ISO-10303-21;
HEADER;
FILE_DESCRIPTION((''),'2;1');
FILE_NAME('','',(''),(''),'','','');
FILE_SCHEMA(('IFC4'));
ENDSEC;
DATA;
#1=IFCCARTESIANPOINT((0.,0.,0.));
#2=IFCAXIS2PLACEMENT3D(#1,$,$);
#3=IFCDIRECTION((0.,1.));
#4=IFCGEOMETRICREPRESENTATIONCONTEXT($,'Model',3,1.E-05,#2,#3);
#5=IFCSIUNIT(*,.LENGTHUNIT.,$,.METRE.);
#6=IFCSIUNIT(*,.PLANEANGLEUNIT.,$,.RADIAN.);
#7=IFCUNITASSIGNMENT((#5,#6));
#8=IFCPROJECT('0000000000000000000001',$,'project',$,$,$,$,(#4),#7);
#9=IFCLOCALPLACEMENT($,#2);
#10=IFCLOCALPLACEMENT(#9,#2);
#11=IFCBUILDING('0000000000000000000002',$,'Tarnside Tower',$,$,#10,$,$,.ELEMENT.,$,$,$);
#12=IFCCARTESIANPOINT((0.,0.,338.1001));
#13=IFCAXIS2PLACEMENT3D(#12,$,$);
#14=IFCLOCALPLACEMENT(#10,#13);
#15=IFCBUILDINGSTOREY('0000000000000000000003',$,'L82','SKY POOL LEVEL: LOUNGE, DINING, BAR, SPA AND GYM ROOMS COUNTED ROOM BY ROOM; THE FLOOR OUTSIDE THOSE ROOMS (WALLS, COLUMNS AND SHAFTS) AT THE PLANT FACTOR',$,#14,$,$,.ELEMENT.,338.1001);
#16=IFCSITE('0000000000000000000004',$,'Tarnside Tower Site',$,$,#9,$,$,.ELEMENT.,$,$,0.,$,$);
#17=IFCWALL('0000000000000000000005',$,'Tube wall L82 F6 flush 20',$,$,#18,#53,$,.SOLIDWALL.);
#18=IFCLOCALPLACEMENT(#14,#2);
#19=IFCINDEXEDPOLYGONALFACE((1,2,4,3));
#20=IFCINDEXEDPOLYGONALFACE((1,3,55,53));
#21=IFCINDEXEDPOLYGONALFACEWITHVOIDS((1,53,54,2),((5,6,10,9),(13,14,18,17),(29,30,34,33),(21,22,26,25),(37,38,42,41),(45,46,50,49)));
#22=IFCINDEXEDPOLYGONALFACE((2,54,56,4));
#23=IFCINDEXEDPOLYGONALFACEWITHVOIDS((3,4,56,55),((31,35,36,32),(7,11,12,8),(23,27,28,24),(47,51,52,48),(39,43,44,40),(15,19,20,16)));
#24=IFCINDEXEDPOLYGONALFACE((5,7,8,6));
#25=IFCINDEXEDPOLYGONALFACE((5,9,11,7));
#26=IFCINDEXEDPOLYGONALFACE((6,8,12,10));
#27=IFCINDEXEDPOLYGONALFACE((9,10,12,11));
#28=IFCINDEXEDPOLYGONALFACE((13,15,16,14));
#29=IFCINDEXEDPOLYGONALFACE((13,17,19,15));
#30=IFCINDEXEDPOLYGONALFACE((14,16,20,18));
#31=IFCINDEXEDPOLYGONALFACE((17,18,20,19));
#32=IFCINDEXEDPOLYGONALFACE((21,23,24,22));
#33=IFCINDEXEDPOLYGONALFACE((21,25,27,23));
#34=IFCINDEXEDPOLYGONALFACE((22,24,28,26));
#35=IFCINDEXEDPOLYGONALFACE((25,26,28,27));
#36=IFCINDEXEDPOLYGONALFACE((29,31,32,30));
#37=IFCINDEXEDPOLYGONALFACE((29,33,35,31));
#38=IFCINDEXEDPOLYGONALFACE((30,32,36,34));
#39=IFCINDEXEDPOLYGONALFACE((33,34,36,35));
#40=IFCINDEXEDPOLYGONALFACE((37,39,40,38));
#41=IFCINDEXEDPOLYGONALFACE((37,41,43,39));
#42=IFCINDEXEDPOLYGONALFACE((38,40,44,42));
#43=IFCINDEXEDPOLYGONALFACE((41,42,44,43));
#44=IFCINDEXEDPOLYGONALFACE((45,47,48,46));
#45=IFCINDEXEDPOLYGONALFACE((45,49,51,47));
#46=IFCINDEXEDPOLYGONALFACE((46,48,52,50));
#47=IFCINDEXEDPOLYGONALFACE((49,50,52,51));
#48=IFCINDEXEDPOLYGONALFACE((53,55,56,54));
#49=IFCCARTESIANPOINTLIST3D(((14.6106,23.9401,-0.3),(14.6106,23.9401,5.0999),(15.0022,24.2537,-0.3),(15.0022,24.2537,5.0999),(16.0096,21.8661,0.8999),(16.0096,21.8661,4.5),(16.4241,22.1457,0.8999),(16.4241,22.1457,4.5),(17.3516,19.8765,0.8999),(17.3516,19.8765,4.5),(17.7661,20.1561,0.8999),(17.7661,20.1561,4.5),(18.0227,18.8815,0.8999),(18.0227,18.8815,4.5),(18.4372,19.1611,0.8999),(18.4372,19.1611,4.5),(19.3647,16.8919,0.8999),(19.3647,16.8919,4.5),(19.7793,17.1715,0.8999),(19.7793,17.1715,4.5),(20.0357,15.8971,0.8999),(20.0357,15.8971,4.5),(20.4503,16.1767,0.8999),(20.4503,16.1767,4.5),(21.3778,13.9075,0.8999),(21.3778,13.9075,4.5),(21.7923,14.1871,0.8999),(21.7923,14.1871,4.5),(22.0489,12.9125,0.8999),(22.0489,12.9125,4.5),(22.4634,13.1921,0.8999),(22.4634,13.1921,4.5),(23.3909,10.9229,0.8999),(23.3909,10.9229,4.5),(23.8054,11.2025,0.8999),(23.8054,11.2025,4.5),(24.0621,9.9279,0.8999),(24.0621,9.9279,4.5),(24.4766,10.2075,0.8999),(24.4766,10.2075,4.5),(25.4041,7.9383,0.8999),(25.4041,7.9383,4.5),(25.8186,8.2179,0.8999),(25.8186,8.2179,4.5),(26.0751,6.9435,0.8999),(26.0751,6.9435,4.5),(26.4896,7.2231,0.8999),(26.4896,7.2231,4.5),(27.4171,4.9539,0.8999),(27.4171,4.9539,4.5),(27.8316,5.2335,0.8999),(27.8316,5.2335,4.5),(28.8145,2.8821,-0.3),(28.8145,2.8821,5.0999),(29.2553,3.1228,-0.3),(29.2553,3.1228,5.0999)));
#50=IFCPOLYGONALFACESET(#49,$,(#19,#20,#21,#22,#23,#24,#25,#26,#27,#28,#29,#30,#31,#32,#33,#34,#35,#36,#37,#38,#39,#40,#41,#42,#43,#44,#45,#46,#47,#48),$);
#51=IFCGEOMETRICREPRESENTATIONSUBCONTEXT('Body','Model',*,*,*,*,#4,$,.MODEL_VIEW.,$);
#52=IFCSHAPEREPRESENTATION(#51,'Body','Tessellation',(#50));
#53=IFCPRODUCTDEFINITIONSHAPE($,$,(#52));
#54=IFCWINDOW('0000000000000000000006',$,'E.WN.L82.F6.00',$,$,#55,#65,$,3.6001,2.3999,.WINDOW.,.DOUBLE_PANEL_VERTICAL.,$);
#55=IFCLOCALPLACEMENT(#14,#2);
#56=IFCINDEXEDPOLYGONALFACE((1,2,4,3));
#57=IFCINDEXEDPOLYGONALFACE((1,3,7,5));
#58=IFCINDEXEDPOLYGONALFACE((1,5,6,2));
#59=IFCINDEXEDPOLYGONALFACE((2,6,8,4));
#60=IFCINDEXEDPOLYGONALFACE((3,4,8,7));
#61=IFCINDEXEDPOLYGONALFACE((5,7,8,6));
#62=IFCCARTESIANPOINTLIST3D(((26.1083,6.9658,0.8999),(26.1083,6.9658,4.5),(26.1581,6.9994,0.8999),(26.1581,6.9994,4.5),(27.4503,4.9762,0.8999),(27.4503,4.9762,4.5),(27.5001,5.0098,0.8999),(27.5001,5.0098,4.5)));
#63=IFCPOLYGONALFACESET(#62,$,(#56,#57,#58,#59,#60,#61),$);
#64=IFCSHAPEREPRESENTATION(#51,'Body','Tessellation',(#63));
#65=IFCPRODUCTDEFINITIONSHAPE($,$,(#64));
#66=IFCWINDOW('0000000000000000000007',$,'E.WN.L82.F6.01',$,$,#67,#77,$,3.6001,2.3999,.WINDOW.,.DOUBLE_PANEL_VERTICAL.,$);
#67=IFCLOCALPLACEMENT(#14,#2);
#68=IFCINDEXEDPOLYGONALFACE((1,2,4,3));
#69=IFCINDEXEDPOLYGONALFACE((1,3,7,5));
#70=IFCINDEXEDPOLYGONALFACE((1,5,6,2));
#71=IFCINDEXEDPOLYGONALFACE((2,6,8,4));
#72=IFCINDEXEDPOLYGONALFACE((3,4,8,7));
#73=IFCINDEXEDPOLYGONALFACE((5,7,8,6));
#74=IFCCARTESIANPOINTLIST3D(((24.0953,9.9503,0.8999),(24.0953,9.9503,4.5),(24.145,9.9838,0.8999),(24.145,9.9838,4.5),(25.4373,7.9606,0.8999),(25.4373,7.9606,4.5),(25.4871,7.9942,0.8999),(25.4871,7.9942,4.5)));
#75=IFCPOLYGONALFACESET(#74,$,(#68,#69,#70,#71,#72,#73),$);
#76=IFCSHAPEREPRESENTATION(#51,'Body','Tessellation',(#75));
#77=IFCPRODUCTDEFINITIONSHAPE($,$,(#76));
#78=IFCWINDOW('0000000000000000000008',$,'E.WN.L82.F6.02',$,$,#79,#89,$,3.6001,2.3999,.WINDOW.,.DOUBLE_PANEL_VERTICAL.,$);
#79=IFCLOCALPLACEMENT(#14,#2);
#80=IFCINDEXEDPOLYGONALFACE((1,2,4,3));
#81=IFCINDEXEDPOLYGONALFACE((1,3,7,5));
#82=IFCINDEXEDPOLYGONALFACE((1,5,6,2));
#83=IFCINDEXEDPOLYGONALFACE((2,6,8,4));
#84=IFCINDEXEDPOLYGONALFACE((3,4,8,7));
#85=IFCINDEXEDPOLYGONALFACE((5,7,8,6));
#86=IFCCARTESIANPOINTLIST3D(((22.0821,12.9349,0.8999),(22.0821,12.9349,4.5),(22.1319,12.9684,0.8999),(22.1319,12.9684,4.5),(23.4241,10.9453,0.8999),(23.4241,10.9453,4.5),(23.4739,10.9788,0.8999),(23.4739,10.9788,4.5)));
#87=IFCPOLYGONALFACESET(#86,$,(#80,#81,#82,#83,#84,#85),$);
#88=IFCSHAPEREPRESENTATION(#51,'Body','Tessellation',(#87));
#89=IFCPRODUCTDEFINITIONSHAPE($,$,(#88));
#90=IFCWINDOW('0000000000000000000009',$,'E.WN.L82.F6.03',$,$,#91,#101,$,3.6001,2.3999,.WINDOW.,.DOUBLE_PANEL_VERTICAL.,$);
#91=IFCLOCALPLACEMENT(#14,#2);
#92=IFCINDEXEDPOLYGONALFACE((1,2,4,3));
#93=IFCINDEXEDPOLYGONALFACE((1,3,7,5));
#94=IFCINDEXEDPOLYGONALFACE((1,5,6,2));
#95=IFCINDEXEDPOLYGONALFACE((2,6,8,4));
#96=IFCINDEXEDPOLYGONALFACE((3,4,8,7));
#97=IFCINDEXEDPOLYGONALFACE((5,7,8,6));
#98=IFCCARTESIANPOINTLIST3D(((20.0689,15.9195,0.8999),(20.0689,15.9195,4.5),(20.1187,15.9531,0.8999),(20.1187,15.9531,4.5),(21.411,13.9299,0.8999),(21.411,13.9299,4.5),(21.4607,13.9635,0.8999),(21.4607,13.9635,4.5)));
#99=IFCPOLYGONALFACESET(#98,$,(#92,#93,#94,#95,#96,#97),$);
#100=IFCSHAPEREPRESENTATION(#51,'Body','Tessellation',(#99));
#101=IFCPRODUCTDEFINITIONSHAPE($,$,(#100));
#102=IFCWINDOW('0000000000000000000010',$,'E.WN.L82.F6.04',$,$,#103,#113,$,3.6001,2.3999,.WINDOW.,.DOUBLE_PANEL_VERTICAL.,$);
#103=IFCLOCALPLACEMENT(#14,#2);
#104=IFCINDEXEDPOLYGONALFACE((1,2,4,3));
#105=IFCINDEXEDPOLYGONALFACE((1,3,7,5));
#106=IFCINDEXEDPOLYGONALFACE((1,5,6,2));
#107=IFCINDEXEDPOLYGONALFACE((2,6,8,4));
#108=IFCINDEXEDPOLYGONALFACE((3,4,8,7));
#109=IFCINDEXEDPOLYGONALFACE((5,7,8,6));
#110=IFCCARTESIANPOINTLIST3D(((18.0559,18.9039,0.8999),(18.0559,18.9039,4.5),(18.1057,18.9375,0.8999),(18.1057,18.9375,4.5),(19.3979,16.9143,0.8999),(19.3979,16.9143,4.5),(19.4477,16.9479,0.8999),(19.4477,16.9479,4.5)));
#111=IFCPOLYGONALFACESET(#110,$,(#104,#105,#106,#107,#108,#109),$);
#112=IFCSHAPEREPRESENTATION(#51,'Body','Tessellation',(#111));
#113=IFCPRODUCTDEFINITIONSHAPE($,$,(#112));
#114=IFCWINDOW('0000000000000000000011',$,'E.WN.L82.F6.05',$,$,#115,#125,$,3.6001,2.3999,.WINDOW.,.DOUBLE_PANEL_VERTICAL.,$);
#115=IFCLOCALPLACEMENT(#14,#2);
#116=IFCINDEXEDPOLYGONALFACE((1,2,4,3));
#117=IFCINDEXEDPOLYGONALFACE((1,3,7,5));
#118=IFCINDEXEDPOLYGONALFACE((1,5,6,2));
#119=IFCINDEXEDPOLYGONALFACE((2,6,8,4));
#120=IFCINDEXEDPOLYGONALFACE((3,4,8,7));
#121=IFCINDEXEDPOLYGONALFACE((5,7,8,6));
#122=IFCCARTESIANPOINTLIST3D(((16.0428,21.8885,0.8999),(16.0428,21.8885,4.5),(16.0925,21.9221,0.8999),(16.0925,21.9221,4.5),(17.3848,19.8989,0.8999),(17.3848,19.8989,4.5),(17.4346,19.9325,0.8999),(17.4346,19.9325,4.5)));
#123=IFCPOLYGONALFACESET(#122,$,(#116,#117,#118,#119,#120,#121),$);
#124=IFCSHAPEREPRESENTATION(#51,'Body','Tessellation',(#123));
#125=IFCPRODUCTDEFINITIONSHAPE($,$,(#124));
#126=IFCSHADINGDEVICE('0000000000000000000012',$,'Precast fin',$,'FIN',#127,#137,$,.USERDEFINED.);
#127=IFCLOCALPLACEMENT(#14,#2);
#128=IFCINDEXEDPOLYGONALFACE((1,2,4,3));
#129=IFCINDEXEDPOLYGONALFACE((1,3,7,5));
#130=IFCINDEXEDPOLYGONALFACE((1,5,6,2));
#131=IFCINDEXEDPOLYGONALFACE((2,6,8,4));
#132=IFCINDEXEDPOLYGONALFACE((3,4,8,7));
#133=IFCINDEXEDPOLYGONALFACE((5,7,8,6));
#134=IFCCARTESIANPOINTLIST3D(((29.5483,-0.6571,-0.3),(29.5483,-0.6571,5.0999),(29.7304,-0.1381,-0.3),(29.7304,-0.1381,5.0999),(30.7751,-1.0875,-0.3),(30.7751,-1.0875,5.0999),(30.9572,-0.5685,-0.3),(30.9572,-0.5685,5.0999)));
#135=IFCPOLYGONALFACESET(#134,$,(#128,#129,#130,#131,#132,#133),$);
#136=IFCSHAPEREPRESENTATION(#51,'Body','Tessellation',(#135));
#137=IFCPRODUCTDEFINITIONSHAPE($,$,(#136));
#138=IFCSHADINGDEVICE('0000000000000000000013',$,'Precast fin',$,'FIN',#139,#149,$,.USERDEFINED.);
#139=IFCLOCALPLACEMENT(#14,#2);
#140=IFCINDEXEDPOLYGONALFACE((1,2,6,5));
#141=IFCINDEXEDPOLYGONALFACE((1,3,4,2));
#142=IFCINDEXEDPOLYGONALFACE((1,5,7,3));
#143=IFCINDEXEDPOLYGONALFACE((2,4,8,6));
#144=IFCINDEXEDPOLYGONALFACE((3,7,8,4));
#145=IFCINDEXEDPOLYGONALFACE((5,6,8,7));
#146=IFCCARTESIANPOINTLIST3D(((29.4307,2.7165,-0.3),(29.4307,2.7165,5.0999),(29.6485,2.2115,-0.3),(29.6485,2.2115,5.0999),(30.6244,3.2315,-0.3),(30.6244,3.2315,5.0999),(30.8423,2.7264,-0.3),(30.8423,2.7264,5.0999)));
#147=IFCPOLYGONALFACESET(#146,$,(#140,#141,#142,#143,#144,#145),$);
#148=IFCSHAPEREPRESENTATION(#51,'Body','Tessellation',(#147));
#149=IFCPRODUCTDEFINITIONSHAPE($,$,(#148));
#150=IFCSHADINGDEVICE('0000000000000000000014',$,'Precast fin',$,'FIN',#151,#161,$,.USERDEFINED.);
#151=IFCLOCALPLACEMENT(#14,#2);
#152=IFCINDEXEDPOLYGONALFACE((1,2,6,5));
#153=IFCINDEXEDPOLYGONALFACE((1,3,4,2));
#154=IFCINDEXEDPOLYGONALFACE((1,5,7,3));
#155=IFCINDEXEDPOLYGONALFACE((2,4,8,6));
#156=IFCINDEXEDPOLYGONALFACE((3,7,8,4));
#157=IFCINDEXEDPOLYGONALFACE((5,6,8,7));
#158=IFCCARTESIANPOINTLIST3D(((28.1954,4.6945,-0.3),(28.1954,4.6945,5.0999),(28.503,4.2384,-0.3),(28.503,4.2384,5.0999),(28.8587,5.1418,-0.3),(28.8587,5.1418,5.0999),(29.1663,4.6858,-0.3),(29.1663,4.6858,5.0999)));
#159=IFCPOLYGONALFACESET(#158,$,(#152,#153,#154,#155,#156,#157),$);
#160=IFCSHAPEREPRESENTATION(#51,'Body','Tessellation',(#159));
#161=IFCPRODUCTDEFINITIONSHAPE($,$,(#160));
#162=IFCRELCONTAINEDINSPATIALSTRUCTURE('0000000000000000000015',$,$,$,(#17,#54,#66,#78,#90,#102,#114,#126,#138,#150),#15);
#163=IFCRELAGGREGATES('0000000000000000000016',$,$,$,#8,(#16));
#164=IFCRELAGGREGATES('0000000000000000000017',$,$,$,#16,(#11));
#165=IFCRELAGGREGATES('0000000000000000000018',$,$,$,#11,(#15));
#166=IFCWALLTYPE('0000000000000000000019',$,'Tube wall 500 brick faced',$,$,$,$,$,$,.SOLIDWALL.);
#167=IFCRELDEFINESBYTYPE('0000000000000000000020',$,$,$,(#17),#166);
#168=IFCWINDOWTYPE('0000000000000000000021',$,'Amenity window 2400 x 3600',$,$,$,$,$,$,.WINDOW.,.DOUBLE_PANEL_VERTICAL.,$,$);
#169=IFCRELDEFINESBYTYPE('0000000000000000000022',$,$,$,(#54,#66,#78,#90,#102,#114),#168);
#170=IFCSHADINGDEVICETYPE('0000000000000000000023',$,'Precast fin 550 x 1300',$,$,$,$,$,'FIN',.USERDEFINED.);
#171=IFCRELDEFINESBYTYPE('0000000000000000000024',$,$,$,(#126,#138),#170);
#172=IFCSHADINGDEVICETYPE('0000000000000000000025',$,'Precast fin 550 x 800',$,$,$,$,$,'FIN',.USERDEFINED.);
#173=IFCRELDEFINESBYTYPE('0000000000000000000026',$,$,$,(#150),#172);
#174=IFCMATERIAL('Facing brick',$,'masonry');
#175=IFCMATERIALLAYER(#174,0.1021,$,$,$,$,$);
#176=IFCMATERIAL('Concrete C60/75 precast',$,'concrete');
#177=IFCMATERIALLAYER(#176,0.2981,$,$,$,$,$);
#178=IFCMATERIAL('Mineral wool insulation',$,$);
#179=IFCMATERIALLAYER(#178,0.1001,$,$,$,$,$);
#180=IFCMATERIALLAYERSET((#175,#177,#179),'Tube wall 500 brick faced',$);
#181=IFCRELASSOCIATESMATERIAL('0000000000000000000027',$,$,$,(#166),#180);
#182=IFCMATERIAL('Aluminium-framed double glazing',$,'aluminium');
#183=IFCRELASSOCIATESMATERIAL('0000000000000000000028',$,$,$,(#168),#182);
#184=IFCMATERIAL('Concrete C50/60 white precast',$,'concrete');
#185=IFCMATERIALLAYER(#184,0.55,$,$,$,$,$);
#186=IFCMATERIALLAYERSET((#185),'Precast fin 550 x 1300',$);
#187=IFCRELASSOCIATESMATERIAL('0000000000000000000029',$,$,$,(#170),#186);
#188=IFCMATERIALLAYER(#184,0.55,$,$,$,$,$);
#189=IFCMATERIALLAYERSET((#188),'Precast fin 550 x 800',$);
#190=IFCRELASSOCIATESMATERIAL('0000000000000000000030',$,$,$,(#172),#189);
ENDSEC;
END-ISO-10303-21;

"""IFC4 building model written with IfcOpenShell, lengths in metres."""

from ifc_helpers import new_model, si_unit, direction, frame, frame_2d, origin, place, context, subcontext, project, spatial, polyline, rectangle, outline, extrude, material, layer, layer_set, type_object, element, fill, save


model = new_model("IFC4")

# Units and contexts
model_context = context("Model", 3, precision=1e-05, world=origin(), true_north=direction((0.0, 1.0)))
body_context = subcontext(model_context, "Body", "Model", "MODEL_VIEW")
ifc_project = project(units=[si_unit("LENGTHUNIT", "METRE"), si_unit("PLANEANGLEUNIT", "RADIAN")], contexts=[model_context])

# Site, building, storey
site_placement = place(None, origin())
site = spatial("IfcSite", under=ifc_project, at=site_placement, Name="Tarnside Tower Site", CompositionType="ELEMENT", RefElevation=0.0)
building_placement = place(site_placement, origin())
building = spatial("IfcBuilding", under=site, at=building_placement, Name="Tarnside Tower", CompositionType="ELEMENT")
storey_placement = place(building_placement, frame((0.0, 0.0, 338.1001)))
storey = spatial("IfcBuildingStorey", under=building, at=storey_placement, Name="L82", Description="SKY POOL LEVEL: LOUNGE, DINING, BAR, SPA AND GYM ROOMS COUNTED ROOM BY ROOM; THE FLOOR OUTSIDE THOSE ROOMS (WALLS, COLUMNS AND SHAFTS) AT THE PLANT FACTOR", CompositionType="ELEMENT", Elevation=338.1001)

# Shared definitions
ifc_material_1 = material(Name="Facing brick", Category="masonry")
ifc_layer_1 = layer(ifc_material_1, 0.1021)
ifc_material_2 = material(Name="Concrete C60/75 precast", Category="concrete")
ifc_layer_2 = layer(ifc_material_2, 0.2981)
ifc_material_3 = material(Name="Mineral wool insulation")
ifc_layer_3 = layer(ifc_material_3, 0.1001)
ifc_layer_set_1 = layer_set([ifc_layer_1, ifc_layer_2, ifc_layer_3], Name="Tube wall 500 brick faced")
wall_type_1 = type_object("IfcWallType", Name="Tube wall 500 brick faced", PredefinedType="SOLIDWALL", material=ifc_layer_set_1)

# Wall, openings, windows
wall_1_placement = place(storey_placement, frame((29.0349, 3.0024, -0.3), z_axis=(0.0, 0.0, 1.0), x_axis=(-0.559196, 0.829036, 0.0)))
wall_1 = element("IfcWall", 1, at=wall_1_placement, inside=storey, type_object=wall_type_1, Name="Tube wall L82 F6 flush 20", PredefinedType="SOLIDWALL", context=body_context, shape_type="SweptSolid", body=[
    extrude(outline(polyline([(-0.0234, -0.25), (25.4651, -0.25), (25.4241, 0.25), (0.0234, 0.25), (-0.0234, -0.25)])), origin(), (0.0, 0.0, 1.0), 5.3999),
])
opening_1_placement = place(wall_1_placement, frame((2.5225, 0.0, 1.2)))
opening_1 = element("IfcOpeningElement", 2, at=opening_1_placement, cuts=wall_1, PredefinedType="OPENING", context=body_context, shape_type="SweptSolid", body=[
    extrude(rectangle(XDim=2.3999, YDim=3.6001, at=frame_2d((1.2, 1.8))), frame((0.0, 0.26, 0.0), z_axis=(0.0, -1.0, 0.0), x_axis=(1.0, 0.0, 0.0)), (0.0, 0.0, 1.0), 0.52),
])
opening_2_placement = place(wall_1_placement, frame((6.1223, 0.0, 1.2)))
opening_2 = element("IfcOpeningElement", 3, at=opening_2_placement, cuts=wall_1, PredefinedType="OPENING", context=body_context, shape_type="SweptSolid", body=[
    extrude(rectangle(XDim=2.3999, YDim=3.6001, at=frame_2d((1.2, 1.8))), frame((0.0, 0.26, 0.0), z_axis=(0.0, -1.0, 0.0), x_axis=(1.0, 0.0, 0.0)), (0.0, 0.0, 1.0), 0.52),
])
opening_3_placement = place(wall_1_placement, frame((9.7224, 0.0, 1.2)))
opening_3 = element("IfcOpeningElement", 4, at=opening_3_placement, cuts=wall_1, PredefinedType="OPENING", context=body_context, shape_type="SweptSolid", body=[
    extrude(rectangle(XDim=2.3999, YDim=3.6001, at=frame_2d((1.2, 1.8))), frame((0.0, 0.26, 0.0), z_axis=(0.0, -1.0, 0.0), x_axis=(1.0, 0.0, 0.0)), (0.0, 0.0, 1.0), 0.52),
])
opening_4_placement = place(wall_1_placement, frame((13.3225, 0.0, 1.2)))
opening_4 = element("IfcOpeningElement", 5, at=opening_4_placement, cuts=wall_1, PredefinedType="OPENING", context=body_context, shape_type="SweptSolid", body=[
    extrude(rectangle(XDim=2.3999, YDim=3.6001, at=frame_2d((1.2, 1.8))), frame((0.0, 0.26, 0.0), z_axis=(0.0, -1.0, 0.0), x_axis=(1.0, 0.0, 0.0)), (0.0, 0.0, 1.0), 0.52),
])
opening_5_placement = place(wall_1_placement, frame((16.9224, 0.0, 1.2)))
opening_5 = element("IfcOpeningElement", 6, at=opening_5_placement, cuts=wall_1, PredefinedType="OPENING", context=body_context, shape_type="SweptSolid", body=[
    extrude(rectangle(XDim=2.3999, YDim=3.6001, at=frame_2d((1.2, 1.8))), frame((0.0, 0.26, 0.0), z_axis=(0.0, -1.0, 0.0), x_axis=(1.0, 0.0, 0.0)), (0.0, 0.0, 1.0), 0.52),
])
opening_6_placement = place(wall_1_placement, frame((20.5225, 0.0, 1.2)))
opening_6 = element("IfcOpeningElement", 7, at=opening_6_placement, cuts=wall_1, PredefinedType="OPENING", context=body_context, shape_type="SweptSolid", body=[
    extrude(rectangle(XDim=2.3999, YDim=3.6001, at=frame_2d((1.2, 1.8))), frame((0.0, 0.26, 0.0), z_axis=(0.0, -1.0, 0.0), x_axis=(1.0, 0.0, 0.0)), (0.0, 0.0, 1.0), 0.52),
])
ifc_material_4 = material(Name="Aluminium-framed double glazing", Category="aluminium")
window_type = type_object("IfcWindowType", Name="Amenity window 2400 x 3600", PartitioningType="DOUBLE_PANEL_VERTICAL", PredefinedType="WINDOW", material=ifc_material_4)
window_1_placement = place(opening_1_placement, frame((0.0, 0.1799, 0.0)))
window_1 = element("IfcWindow", 8, at=window_1_placement, inside=storey, type_object=window_type, Name="E.WN.L82.F6.00", OverallHeight=3.6001, OverallWidth=2.3999, PartitioningType="DOUBLE_PANEL_VERTICAL", PredefinedType="WINDOW", context=body_context, shape_type="SweptSolid", body=[
    extrude(rectangle(XDim=2.3999, YDim=3.6001, at=frame_2d((1.2, 1.8))), frame((0.0, 0.03, 0.0), z_axis=(0.0, -1.0, 0.0), x_axis=(1.0, 0.0, 0.0)), (0.0, 0.0, 1.0), 0.0601),
])
fill(opening_1, window_1)
window_2_placement = place(opening_2_placement, frame((0.0, 0.1799, 0.0)))
window_2 = element("IfcWindow", 9, at=window_2_placement, inside=storey, type_object=window_type, Name="E.WN.L82.F6.01", OverallHeight=3.6001, OverallWidth=2.3999, PartitioningType="DOUBLE_PANEL_VERTICAL", PredefinedType="WINDOW", context=body_context, shape_type="SweptSolid", body=[
    extrude(rectangle(XDim=2.3999, YDim=3.6001, at=frame_2d((1.2, 1.8))), frame((0.0, 0.03, 0.0), z_axis=(0.0, -1.0, 0.0), x_axis=(1.0, 0.0, 0.0)), (0.0, 0.0, 1.0), 0.0601),
])
fill(opening_2, window_2)
window_3_placement = place(opening_3_placement, frame((0.0, 0.1799, 0.0)))
window_3 = element("IfcWindow", 10, at=window_3_placement, inside=storey, type_object=window_type, Name="E.WN.L82.F6.02", OverallHeight=3.6001, OverallWidth=2.3999, PartitioningType="DOUBLE_PANEL_VERTICAL", PredefinedType="WINDOW", context=body_context, shape_type="SweptSolid", body=[
    extrude(rectangle(XDim=2.3999, YDim=3.6001, at=frame_2d((1.2, 1.8))), frame((0.0, 0.03, 0.0), z_axis=(0.0, -1.0, 0.0), x_axis=(1.0, 0.0, 0.0)), (0.0, 0.0, 1.0), 0.0601),
])
fill(opening_3, window_3)
window_4_placement = place(opening_4_placement, frame((0.0, 0.1799, 0.0)))
window_4 = element("IfcWindow", 11, at=window_4_placement, inside=storey, type_object=window_type, Name="E.WN.L82.F6.03", OverallHeight=3.6001, OverallWidth=2.3999, PartitioningType="DOUBLE_PANEL_VERTICAL", PredefinedType="WINDOW", context=body_context, shape_type="SweptSolid", body=[
    extrude(rectangle(XDim=2.3999, YDim=3.6001, at=frame_2d((1.2, 1.8))), frame((0.0, 0.03, 0.0), z_axis=(0.0, -1.0, 0.0), x_axis=(1.0, 0.0, 0.0)), (0.0, 0.0, 1.0), 0.0601),
])
fill(opening_4, window_4)
window_5_placement = place(opening_5_placement, frame((0.0, 0.1799, 0.0)))
window_5 = element("IfcWindow", 12, at=window_5_placement, inside=storey, type_object=window_type, Name="E.WN.L82.F6.04", OverallHeight=3.6001, OverallWidth=2.3999, PartitioningType="DOUBLE_PANEL_VERTICAL", PredefinedType="WINDOW", context=body_context, shape_type="SweptSolid", body=[
    extrude(rectangle(XDim=2.3999, YDim=3.6001, at=frame_2d((1.2, 1.8))), frame((0.0, 0.03, 0.0), z_axis=(0.0, -1.0, 0.0), x_axis=(1.0, 0.0, 0.0)), (0.0, 0.0, 1.0), 0.0601),
])
fill(opening_5, window_5)
window_6_placement = place(opening_6_placement, frame((0.0, 0.1799, 0.0)))
window_6 = element("IfcWindow", 13, at=window_6_placement, inside=storey, type_object=window_type, Name="E.WN.L82.F6.05", OverallHeight=3.6001, OverallWidth=2.3999, PartitioningType="DOUBLE_PANEL_VERTICAL", PredefinedType="WINDOW", context=body_context, shape_type="SweptSolid", body=[
    extrude(rectangle(XDim=2.3999, YDim=3.6001, at=frame_2d((1.2, 1.8))), frame((0.0, 0.03, 0.0), z_axis=(0.0, -1.0, 0.0), x_axis=(1.0, 0.0, 0.0)), (0.0, 0.0, 1.0), 0.0601),
])
fill(opening_6, window_6)

# Shading devices
ifc_material_5 = material(Name="Concrete C50/60 white precast", Category="concrete")
ifc_layer_4 = layer(ifc_material_5, 0.55)
ifc_layer_set_2 = layer_set([ifc_layer_4], Name="Precast fin 550 x 1300")
shading_device_type_1 = type_object("IfcShadingDeviceType", Name="Precast fin 550 x 1300", ElementType="FIN", PredefinedType="USERDEFINED", material=ifc_layer_set_2)
for number, where, z_axis, x_axis, name in (
    (14, (29.6394, -0.3975, -0.3), (-0.331063, -0.943609, 0.0), (0.943609, -0.331063, 0.0), "Precast fin"),
    (15, (29.5396, 2.4641, -0.3), (0.39608, -0.918216, 0.0), (0.918216, 0.39608, 0.0), "Precast fin"),
):
    element("IfcShadingDevice", number, at=place(storey_placement, frame(where, z_axis=z_axis, x_axis=x_axis)), inside=storey, type_object=shading_device_type_1, Name=name, ObjectType="FIN", PredefinedType="USERDEFINED", context=body_context, shape_type="SweptSolid", body=[
        extrude(outline(polyline([(0.0, 0.0), (1.3, 0.0), (1.3, 5.3999), (0.0, 5.3999), (0.0, 0.0)])), frame((0.0, 0.0, -0.2749)), (0.0, 0.0, 1.0), 0.55),
    ])
ifc_layer_5 = layer(ifc_material_5, 0.55)
ifc_layer_set_3 = layer_set([ifc_layer_5], Name="Precast fin 550 x 800")
shading_device_type_2 = type_object("IfcShadingDeviceType", Name="Precast fin 550 x 800", ElementType="FIN", PredefinedType="USERDEFINED", material=ifc_layer_set_3)
for number, where, z_axis, x_axis, name in (
    (16, (28.3491, 4.4666, -0.3), (0.559193, -0.829038, 0.0), (0.829038, 0.559193, 0.0), "Precast fin"),
):
    element("IfcShadingDevice", number, at=place(storey_placement, frame(where, z_axis=z_axis, x_axis=x_axis)), inside=storey, type_object=shading_device_type_2, Name=name, ObjectType="FIN", PredefinedType="USERDEFINED", context=body_context, shape_type="SweptSolid", body=[
        extrude(outline(polyline([(0.0, 0.0), (0.8, 0.0), (0.8, 5.3999), (0.0, 5.3999), (0.0, 0.0)])), frame((0.0, 0.0, -0.2749)), (0.0, 0.0, 1.0), 0.55),
    ])

save(model, "model.ifc")
